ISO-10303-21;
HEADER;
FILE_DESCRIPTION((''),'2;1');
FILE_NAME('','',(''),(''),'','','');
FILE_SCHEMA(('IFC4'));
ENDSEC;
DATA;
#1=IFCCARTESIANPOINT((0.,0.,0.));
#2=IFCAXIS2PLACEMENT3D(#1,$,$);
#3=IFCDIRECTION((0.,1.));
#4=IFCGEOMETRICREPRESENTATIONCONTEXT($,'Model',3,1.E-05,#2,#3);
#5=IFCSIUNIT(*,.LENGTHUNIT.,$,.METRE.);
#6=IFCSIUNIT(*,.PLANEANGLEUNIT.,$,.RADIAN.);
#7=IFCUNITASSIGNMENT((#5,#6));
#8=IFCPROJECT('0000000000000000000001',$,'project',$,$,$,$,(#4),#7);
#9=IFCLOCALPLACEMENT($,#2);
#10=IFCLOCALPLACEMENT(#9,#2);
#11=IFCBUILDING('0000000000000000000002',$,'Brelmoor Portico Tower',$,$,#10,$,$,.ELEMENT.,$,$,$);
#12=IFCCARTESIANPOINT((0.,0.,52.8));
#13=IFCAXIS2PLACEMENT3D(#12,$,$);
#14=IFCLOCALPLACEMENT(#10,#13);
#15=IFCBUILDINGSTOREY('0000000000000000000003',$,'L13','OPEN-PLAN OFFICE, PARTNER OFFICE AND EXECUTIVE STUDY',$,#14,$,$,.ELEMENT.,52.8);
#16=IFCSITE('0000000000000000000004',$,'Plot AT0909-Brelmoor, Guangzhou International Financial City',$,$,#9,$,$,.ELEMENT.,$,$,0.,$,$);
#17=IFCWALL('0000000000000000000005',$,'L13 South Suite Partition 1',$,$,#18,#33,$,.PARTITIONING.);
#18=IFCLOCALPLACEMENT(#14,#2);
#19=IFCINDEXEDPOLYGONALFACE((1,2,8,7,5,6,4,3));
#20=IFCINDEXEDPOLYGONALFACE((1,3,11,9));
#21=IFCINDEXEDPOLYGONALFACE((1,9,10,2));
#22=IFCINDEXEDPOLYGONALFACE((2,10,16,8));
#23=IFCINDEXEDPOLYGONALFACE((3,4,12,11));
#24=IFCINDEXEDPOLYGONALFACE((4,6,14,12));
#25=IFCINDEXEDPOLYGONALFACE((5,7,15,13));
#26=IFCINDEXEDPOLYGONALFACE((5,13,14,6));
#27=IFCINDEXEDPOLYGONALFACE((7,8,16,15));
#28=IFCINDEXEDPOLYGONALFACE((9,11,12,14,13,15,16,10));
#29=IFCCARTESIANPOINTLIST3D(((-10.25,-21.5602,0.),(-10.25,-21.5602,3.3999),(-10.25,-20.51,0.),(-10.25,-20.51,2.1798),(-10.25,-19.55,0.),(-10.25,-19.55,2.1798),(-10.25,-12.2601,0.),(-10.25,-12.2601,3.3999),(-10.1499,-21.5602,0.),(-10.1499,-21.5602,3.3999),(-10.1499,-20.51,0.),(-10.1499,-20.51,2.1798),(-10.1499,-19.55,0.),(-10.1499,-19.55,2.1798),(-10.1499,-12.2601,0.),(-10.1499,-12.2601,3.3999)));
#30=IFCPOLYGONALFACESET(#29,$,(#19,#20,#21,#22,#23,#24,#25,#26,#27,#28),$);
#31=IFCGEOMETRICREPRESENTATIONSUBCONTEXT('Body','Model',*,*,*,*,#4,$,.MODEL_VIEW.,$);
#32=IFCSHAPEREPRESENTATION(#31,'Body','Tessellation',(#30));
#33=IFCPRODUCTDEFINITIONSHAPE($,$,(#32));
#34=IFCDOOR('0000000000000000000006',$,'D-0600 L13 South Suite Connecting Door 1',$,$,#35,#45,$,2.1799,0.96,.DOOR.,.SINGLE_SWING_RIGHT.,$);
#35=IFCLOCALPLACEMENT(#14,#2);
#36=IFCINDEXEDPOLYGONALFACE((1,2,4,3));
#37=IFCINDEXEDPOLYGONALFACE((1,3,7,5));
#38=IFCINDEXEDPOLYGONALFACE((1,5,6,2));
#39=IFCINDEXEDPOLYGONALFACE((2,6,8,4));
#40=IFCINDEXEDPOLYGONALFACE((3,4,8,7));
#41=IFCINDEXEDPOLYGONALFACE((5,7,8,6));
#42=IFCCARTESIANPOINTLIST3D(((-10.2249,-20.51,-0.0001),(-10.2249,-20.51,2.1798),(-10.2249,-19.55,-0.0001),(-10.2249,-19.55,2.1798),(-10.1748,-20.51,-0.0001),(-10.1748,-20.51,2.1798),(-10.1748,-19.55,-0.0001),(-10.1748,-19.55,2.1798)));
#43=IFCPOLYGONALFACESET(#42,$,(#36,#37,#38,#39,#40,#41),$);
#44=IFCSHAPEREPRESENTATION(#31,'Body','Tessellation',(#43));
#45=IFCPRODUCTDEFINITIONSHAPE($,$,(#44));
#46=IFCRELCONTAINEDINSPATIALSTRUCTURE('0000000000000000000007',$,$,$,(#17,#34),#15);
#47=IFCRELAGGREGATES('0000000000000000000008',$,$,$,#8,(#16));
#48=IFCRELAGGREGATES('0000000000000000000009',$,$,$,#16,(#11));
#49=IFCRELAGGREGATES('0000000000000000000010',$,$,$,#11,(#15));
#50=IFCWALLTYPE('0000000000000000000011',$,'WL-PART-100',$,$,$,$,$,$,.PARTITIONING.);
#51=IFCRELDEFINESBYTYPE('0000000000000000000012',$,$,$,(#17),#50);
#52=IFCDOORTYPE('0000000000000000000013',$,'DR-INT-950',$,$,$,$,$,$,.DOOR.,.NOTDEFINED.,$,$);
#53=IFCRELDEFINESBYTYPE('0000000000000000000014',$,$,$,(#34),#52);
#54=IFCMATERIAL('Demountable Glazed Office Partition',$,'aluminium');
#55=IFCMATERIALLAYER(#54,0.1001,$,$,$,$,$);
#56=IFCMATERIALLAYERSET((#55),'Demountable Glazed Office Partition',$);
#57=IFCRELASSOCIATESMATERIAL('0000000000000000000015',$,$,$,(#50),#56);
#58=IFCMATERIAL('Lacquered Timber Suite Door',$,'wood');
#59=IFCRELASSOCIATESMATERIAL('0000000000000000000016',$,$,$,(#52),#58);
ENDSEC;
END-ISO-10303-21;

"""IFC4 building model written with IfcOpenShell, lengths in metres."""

from ifc_helpers import new_model, si_unit, direction, frame, frame_2d, origin, place, context, subcontext, project, spatial, rectangle, extrude, material, layer, layer_set, type_object, element, fill, save


model = new_model("IFC4")

# Units and contexts
model_context = context("Model", 3, precision=1e-05, world=origin(), true_north=direction((0.0, 1.0)))
body_context = subcontext(model_context, "Body", "Model", "MODEL_VIEW")
ifc_project = project(units=[si_unit("LENGTHUNIT", "METRE"), si_unit("PLANEANGLEUNIT", "RADIAN")], contexts=[model_context])

# Site, building, storey
site_placement = place(None, origin())
site = spatial("IfcSite", under=ifc_project, at=site_placement, Name="Plot AT0909-Brelmoor, Guangzhou International Financial City", CompositionType="ELEMENT", RefElevation=0.0)
building_placement = place(site_placement, origin())
building = spatial("IfcBuilding", under=site, at=building_placement, Name="Brelmoor Portico Tower", CompositionType="ELEMENT")
storey_placement = place(building_placement, frame((0.0, 0.0, 52.8)))
storey = spatial("IfcBuildingStorey", under=building, at=storey_placement, Name="L13", Description="OPEN-PLAN OFFICE, PARTNER OFFICE AND EXECUTIVE STUDY", CompositionType="ELEMENT", Elevation=52.8)

# Wall, opening, door
ifc_material_1 = material(Name="Demountable Glazed Office Partition", Category="aluminium")
ifc_layer_1 = layer(ifc_material_1, 0.1001)
ifc_layer_set_1 = layer_set([ifc_layer_1], Name="Demountable Glazed Office Partition")
wall_type = type_object("IfcWallType", Name="WL-PART-100", PredefinedType="PARTITIONING", material=ifc_layer_set_1)
wall_placement = place(storey_placement, frame((-10.2, -21.5601, 0.0), z_axis=(0.0, 0.0, 1.0), x_axis=(0.0, 1.0, 0.0)))
wall = element("IfcWall", 1, at=wall_placement, inside=storey, type_object=wall_type, Name="L13 South Suite Partition 1", PredefinedType="PARTITIONING", context=body_context, shape_type="SweptSolid", body=[
    extrude(rectangle(XDim=9.3, YDim=0.1001, at=frame_2d((4.6499, 0.0))), origin(), (0.0, 0.0, 1.0), 3.3999),
])
opening_placement = place(wall_placement, frame((1.05, 0.0, 0.0)))
opening = element("IfcOpeningElement", 2, at=opening_placement, cuts=wall, PredefinedType="OPENING", context=body_context, shape_type="SweptSolid", body=[
    extrude(rectangle(XDim=0.96, YDim=2.1799, at=frame_2d((0.48, 1.0898))), frame((0.0, 0.0601, 0.0), z_axis=(0.0, -1.0, 0.0), x_axis=(1.0, 0.0, 0.0)), (0.0, 0.0, 1.0), 0.1201),
])
ifc_material_2 = material(Name="Lacquered Timber Suite Door", Category="wood")
door_type = type_object("IfcDoorType", Name="DR-INT-950", OperationType="NOTDEFINED", PredefinedType="DOOR", material=ifc_material_2)
door_placement = place(opening_placement, origin())
door = element("IfcDoor", 3, at=door_placement, inside=storey, type_object=door_type, Name="D-0600 L13 South Suite Connecting Door 1", OperationType="SINGLE_SWING_RIGHT", OverallHeight=2.1799, OverallWidth=0.96, PredefinedType="DOOR", context=body_context, shape_type="SweptSolid", body=[
    extrude(rectangle(XDim=0.96, YDim=2.1799, at=frame_2d((0.48, 1.0898))), frame((0.0, 0.0249, 0.0), z_axis=(0.0, -1.0, 0.0), x_axis=(1.0, 0.0, 0.0)), (0.0, 0.0, 1.0), 0.05),
])
fill(opening, door)

save(model, "model.ifc")
